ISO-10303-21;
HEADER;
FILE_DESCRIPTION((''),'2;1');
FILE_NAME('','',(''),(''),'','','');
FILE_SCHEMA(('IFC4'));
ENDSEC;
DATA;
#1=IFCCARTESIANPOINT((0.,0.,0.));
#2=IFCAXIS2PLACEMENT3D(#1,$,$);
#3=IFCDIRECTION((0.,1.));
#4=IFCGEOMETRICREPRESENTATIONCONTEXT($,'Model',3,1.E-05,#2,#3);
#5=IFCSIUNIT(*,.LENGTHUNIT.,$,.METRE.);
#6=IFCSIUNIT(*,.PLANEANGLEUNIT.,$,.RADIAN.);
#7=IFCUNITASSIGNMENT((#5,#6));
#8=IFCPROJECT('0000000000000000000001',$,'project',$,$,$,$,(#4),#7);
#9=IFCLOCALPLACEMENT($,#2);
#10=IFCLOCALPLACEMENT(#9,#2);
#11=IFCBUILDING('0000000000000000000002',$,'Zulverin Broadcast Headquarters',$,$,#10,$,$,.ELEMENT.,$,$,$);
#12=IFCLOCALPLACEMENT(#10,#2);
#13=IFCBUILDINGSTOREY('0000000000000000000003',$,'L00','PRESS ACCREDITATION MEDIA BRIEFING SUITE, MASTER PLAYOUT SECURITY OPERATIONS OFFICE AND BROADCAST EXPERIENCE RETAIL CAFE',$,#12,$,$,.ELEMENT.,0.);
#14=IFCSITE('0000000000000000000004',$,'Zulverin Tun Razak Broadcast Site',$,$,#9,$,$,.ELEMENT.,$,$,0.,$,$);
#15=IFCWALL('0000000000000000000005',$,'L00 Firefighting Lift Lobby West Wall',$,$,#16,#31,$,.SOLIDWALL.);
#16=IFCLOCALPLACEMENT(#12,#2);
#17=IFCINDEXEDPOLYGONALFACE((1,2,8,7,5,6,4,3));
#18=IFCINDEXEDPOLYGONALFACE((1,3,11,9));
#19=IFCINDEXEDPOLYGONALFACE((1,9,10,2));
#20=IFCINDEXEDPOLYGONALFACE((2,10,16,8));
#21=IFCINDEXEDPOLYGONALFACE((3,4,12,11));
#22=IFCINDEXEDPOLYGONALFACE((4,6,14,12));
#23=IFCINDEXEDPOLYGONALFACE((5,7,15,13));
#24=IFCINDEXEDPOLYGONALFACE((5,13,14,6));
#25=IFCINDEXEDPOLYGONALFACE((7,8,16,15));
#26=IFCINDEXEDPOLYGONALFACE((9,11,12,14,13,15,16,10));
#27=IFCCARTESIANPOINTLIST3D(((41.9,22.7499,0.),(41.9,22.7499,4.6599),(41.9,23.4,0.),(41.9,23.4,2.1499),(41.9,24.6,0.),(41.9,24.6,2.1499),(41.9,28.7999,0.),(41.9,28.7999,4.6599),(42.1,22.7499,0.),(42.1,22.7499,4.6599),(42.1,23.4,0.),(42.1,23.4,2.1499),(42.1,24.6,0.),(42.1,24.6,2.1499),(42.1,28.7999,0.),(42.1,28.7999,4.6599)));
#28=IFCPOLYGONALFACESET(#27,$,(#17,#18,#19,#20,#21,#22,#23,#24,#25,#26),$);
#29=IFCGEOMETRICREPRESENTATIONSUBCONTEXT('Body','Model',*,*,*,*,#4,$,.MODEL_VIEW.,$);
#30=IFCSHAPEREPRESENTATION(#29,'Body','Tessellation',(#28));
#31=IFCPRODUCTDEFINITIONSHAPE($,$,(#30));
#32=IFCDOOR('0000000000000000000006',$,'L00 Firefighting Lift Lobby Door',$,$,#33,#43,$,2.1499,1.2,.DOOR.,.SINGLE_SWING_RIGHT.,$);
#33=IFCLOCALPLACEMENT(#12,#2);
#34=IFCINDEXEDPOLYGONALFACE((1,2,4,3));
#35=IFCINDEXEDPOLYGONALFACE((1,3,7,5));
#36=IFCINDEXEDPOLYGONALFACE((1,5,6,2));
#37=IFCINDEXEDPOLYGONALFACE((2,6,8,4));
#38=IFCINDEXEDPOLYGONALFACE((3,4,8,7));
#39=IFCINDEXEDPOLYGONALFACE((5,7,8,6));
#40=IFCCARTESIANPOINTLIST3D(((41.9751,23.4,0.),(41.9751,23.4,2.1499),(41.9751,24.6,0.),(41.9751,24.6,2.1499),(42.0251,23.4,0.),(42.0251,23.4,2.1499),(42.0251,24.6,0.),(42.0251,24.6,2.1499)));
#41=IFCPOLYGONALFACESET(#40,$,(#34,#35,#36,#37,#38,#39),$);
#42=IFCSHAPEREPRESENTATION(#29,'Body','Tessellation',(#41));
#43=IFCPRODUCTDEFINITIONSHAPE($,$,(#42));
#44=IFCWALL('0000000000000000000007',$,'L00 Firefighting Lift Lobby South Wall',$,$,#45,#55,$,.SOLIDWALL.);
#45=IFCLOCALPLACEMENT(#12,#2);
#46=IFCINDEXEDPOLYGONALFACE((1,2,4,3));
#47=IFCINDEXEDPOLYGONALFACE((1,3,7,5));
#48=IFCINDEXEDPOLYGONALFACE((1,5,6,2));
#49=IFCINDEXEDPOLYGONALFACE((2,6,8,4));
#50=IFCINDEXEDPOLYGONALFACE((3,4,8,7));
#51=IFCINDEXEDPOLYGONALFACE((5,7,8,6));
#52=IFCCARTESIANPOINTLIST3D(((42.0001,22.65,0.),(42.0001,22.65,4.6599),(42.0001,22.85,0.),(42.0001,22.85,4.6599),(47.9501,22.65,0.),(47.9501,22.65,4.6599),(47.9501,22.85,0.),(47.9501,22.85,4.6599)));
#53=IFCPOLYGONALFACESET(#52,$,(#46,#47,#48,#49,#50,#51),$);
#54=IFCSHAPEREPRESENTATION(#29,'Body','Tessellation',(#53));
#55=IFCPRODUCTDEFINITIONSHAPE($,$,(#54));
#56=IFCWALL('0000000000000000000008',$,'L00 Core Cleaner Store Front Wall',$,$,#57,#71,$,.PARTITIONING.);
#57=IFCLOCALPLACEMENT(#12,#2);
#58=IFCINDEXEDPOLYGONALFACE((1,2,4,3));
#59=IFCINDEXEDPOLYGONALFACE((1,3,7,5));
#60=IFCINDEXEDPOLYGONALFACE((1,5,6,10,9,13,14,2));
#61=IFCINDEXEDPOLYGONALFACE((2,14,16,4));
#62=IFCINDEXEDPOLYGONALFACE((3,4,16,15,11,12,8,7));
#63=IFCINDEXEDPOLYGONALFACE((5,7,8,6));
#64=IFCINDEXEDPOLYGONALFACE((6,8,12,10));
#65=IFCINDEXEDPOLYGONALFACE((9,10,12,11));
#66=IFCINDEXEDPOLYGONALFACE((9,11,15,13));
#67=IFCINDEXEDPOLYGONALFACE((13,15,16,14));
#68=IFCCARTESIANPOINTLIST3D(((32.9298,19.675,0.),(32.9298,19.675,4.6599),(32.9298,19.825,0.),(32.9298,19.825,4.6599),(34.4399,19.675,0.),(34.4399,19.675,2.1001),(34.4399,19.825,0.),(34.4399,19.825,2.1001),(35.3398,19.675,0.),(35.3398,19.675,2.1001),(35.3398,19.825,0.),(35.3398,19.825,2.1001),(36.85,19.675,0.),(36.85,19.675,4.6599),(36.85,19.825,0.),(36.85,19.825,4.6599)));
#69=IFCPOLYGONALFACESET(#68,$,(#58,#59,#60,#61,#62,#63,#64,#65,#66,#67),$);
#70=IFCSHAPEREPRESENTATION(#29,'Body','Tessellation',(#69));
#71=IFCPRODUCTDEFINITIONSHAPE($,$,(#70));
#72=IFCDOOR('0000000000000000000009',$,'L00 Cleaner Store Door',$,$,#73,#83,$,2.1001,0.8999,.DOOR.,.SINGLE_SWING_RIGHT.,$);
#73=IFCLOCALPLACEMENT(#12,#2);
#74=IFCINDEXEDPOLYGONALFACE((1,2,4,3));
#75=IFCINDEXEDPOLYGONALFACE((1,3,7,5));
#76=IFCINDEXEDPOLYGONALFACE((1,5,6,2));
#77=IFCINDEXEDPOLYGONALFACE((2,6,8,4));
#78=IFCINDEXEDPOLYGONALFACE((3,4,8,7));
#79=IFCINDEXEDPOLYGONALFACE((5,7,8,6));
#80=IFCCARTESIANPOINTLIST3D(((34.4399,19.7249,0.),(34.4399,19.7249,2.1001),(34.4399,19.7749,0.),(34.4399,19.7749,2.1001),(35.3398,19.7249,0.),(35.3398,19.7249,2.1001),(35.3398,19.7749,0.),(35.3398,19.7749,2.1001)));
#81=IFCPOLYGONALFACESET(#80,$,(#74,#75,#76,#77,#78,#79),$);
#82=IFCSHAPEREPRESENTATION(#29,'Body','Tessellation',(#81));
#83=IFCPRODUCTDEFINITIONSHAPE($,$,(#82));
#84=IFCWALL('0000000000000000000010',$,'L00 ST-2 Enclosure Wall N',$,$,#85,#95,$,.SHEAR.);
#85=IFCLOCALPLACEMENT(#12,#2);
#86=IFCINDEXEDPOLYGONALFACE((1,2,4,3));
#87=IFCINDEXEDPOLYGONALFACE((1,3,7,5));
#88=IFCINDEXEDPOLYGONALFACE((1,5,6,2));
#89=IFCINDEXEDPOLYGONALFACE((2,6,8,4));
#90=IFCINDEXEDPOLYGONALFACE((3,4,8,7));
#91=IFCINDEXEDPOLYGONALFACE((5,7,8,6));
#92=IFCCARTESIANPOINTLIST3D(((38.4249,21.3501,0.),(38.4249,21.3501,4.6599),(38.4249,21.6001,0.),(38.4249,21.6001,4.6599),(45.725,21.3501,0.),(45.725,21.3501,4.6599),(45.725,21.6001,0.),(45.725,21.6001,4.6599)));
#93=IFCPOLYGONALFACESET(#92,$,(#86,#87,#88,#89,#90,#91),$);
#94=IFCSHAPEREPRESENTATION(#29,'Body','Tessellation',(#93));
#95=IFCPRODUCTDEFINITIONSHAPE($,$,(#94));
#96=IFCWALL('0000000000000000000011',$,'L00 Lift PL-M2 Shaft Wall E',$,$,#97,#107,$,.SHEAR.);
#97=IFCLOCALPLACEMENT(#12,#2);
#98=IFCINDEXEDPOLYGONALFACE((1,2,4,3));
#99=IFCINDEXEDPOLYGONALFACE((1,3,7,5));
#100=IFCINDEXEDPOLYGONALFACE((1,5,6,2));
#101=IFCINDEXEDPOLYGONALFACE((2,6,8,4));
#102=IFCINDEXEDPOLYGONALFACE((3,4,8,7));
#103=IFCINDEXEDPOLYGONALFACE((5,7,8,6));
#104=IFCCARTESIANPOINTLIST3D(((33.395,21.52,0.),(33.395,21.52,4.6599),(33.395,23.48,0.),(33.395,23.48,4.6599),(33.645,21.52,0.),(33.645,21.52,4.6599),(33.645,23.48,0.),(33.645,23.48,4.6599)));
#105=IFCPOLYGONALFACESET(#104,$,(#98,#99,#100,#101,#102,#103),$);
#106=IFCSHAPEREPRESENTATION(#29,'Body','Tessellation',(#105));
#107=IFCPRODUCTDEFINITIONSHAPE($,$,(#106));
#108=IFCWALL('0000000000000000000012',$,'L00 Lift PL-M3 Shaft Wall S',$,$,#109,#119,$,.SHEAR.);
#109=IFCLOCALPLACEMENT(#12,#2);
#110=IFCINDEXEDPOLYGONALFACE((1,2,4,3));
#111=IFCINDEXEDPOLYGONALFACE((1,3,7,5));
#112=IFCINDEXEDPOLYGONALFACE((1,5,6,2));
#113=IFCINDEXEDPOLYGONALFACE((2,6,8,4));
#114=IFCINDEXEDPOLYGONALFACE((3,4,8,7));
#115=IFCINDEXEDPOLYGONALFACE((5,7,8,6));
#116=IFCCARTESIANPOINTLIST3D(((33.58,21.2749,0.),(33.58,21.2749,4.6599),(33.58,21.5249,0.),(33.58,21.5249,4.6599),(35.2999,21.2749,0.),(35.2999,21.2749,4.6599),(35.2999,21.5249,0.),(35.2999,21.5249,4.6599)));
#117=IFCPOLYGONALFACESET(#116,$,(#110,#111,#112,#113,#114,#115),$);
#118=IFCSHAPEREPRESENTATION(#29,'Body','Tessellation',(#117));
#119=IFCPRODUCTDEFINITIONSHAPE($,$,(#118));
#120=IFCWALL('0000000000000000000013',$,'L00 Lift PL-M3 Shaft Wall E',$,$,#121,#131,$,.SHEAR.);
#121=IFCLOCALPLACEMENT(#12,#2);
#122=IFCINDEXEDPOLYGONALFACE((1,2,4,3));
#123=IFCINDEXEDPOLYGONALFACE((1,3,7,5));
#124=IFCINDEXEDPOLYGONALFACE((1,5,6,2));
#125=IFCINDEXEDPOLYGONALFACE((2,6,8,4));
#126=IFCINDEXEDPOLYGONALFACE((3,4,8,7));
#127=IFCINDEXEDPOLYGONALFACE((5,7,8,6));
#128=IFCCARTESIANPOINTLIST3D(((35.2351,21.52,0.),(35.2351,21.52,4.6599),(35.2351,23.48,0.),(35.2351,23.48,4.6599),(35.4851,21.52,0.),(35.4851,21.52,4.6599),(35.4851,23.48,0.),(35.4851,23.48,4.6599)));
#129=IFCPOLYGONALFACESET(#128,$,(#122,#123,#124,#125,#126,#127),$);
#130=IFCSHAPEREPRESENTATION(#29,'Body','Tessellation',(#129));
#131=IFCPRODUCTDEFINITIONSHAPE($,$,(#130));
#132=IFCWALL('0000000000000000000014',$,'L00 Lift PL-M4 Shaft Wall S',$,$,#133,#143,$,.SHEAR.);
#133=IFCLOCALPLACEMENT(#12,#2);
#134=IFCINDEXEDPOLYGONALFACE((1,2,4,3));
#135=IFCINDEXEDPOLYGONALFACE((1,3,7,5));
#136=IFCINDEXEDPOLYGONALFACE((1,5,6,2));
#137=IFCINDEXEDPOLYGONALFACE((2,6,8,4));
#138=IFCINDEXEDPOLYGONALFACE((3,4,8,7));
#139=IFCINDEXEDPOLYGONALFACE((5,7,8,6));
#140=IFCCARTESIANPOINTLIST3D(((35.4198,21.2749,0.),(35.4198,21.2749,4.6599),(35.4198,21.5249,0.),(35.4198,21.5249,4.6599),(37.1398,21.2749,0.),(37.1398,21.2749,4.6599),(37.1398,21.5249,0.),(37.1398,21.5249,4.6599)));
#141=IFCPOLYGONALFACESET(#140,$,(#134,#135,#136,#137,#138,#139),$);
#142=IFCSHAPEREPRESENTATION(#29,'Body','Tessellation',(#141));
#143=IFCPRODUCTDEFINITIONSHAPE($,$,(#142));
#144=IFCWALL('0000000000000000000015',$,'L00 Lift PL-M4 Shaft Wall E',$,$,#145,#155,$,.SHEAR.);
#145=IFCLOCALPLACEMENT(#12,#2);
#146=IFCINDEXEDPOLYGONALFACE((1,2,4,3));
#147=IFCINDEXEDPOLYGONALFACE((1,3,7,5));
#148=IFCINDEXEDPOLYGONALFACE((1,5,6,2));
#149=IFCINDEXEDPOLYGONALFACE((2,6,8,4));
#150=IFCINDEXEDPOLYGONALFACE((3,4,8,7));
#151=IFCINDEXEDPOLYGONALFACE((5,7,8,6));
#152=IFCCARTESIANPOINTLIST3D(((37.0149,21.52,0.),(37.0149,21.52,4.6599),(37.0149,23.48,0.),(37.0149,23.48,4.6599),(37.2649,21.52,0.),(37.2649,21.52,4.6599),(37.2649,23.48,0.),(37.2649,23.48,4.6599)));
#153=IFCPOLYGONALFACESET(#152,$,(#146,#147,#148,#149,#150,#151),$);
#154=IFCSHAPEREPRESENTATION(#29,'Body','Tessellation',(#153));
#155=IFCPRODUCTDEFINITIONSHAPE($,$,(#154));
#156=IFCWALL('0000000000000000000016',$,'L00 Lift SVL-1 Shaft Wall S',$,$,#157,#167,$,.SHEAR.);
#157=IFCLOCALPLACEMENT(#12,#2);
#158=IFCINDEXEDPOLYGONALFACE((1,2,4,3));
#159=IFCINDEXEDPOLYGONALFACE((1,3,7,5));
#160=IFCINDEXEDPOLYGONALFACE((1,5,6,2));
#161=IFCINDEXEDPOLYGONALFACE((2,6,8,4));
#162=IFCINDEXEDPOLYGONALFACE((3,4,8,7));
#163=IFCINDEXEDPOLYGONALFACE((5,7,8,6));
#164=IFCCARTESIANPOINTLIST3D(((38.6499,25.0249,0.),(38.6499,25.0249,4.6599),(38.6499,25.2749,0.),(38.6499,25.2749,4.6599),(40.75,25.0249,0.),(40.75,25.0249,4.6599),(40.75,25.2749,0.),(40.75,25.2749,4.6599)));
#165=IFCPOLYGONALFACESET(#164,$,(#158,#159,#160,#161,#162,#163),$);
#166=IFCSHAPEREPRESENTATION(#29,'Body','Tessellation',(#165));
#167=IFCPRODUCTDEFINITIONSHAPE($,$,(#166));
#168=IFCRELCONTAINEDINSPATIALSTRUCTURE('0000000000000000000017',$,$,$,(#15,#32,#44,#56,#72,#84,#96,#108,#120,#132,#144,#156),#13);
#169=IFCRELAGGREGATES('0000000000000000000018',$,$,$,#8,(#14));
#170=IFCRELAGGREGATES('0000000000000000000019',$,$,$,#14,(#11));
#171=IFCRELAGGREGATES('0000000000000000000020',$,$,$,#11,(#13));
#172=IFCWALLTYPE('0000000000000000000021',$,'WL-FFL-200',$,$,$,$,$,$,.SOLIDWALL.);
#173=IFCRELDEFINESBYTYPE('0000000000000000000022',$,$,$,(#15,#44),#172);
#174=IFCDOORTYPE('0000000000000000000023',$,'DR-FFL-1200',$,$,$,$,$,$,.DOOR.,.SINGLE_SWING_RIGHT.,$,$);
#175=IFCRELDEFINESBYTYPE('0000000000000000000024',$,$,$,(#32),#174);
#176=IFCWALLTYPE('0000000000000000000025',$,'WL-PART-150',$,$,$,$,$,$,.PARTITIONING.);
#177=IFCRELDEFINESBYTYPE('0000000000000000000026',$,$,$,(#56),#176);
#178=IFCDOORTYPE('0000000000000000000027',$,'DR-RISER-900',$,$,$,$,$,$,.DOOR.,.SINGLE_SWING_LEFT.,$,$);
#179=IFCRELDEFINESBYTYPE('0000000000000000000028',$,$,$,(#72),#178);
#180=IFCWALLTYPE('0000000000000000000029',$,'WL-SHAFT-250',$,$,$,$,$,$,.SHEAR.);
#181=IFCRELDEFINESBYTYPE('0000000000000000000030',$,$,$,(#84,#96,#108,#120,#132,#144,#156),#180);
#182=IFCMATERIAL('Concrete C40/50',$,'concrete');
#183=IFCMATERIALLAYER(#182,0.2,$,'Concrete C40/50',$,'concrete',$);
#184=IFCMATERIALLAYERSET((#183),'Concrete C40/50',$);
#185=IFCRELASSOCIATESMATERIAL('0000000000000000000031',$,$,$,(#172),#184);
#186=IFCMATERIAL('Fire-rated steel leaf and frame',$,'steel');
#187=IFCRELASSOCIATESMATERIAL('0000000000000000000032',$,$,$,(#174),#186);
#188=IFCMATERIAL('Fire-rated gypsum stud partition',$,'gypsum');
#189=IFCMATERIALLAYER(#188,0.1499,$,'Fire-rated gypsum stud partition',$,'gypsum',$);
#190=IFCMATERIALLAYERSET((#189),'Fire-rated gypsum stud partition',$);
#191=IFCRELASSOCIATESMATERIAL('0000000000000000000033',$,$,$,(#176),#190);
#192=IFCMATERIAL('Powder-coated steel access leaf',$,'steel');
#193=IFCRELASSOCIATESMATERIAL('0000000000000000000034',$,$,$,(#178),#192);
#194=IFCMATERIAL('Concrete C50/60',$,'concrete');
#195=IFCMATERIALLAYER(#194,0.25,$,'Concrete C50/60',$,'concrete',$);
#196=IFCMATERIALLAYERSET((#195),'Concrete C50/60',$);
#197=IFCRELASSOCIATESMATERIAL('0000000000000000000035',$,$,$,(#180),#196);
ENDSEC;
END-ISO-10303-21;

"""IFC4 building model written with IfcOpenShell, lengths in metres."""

from ifc_helpers import new_model, si_unit, direction, frame, frame_2d, origin, place, context, subcontext, project, spatial, rectangle, extrude, material, layer, layer_set, type_object, element, fill, save


model = new_model("IFC4")

# Units and contexts
model_context = context("Model", 3, precision=1e-05, world=origin(), true_north=direction((0.0, 1.0)))
body_context = subcontext(model_context, "Body", "Model", "MODEL_VIEW")
ifc_project = project(units=[si_unit("LENGTHUNIT", "METRE"), si_unit("PLANEANGLEUNIT", "RADIAN")], contexts=[model_context])

# Site, building, storey
site_placement = place(None, origin())
site = spatial("IfcSite", under=ifc_project, at=site_placement, Name="Zulverin Tun Razak Broadcast Site", CompositionType="ELEMENT", RefElevation=0.0)
building_placement = place(site_placement, origin())
building = spatial("IfcBuilding", under=site, at=building_placement, Name="Zulverin Broadcast Headquarters", CompositionType="ELEMENT")
storey_placement = place(building_placement, origin())
storey = spatial("IfcBuildingStorey", under=building, at=storey_placement, Name="L00", Description="PRESS ACCREDITATION MEDIA BRIEFING SUITE, MASTER PLAYOUT SECURITY OPERATIONS OFFICE AND BROADCAST EXPERIENCE RETAIL CAFE", CompositionType="ELEMENT", Elevation=0.0)

# Wall, opening, door
ifc_material_1 = material(Name="Concrete C40/50", Category="concrete")
ifc_layer_1 = layer(ifc_material_1, 0.2, Name="Concrete C40/50", Category="concrete")
ifc_layer_set_1 = layer_set([ifc_layer_1], Name="Concrete C40/50")
wall_type_1 = type_object("IfcWallType", Name="WL-FFL-200", PredefinedType="SOLIDWALL", material=ifc_layer_set_1)
wall_1_placement = place(storey_placement, frame((42.0, 22.75, 0.0), z_axis=(0.0, 0.0, 1.0), x_axis=(0.0, 1.0, 0.0)))
wall_1 = element("IfcWall", 1, at=wall_1_placement, inside=storey, type_object=wall_type_1, Name="L00 Firefighting Lift Lobby West Wall", PredefinedType="SOLIDWALL", context=body_context, shape_type="SweptSolid", body=[
    extrude(rectangle(XDim=6.05, YDim=0.2, at=frame_2d((3.0249, 0.0))), origin(), (0.0, 0.0, 1.0), 4.6599),
])
opening_1_placement = place(wall_1_placement, frame((0.6499, 0.0, 0.0)))
opening_1 = element("IfcOpeningElement", 2, at=opening_1_placement, cuts=wall_1, PredefinedType="OPENING", context=body_context, shape_type="SweptSolid", body=[
    extrude(rectangle(XDim=1.2, YDim=2.1499, at=frame_2d((0.6001, 1.075))), frame((0.0, 0.1099, 0.0), z_axis=(0.0, -1.0, 0.0), x_axis=(1.0, 0.0, 0.0)), (0.0, 0.0, 1.0), 0.22),
])
ifc_material_2 = material(Name="Fire-rated steel leaf and frame", Category="steel")
door_type_1 = type_object("IfcDoorType", Name="DR-FFL-1200", OperationType="SINGLE_SWING_RIGHT", PredefinedType="DOOR", material=ifc_material_2)
door_1_placement = place(opening_1_placement, origin())
door_1 = element("IfcDoor", 3, at=door_1_placement, inside=storey, type_object=door_type_1, Name="L00 Firefighting Lift Lobby Door", OperationType="SINGLE_SWING_RIGHT", OverallHeight=2.1499, OverallWidth=1.2, PredefinedType="DOOR", context=body_context, shape_type="SweptSolid", body=[
    extrude(rectangle(XDim=1.2, YDim=2.1499, at=frame_2d((0.6001, 1.075))), frame((0.0, 0.0249, 0.0), z_axis=(0.0, -1.0, 0.0), x_axis=(1.0, 0.0, 0.0)), (0.0, 0.0, 1.0), 0.05),
])
fill(opening_1, door_1)

# Wall
wall_2_placement = place(storey_placement, frame((42.0, 22.75, 0.0), z_axis=(0.0, 0.0, 1.0), x_axis=(1.0, 0.0, 0.0)))
element("IfcWall", 4, at=wall_2_placement, inside=storey, type_object=wall_type_1, Name="L00 Firefighting Lift Lobby South Wall", PredefinedType="SOLIDWALL", context=body_context, shape_type="SweptSolid", body=[
    extrude(rectangle(XDim=5.95, YDim=0.2, at=frame_2d((2.9751, 0.0))), origin(), (0.0, 0.0, 1.0), 4.6599),
])

# Wall, opening, door
ifc_material_3 = material(Name="Fire-rated gypsum stud partition", Category="gypsum")
ifc_layer_2 = layer(ifc_material_3, 0.1499, Name="Fire-rated gypsum stud partition", Category="gypsum")
ifc_layer_set_2 = layer_set([ifc_layer_2], Name="Fire-rated gypsum stud partition")
wall_type_2 = type_object("IfcWallType", Name="WL-PART-150", PredefinedType="PARTITIONING", material=ifc_layer_set_2)
wall_3_placement = place(storey_placement, frame((32.9299, 19.75, 0.0), z_axis=(0.0, 0.0, 1.0), x_axis=(1.0, 0.0, 0.0)))
wall_3 = element("IfcWall", 5, at=wall_3_placement, inside=storey, type_object=wall_type_2, Name="L00 Core Cleaner Store Front Wall", PredefinedType="PARTITIONING", context=body_context, shape_type="SweptSolid", body=[
    extrude(rectangle(XDim=3.9202, YDim=0.1499, at=frame_2d((1.96, 0.0))), origin(), (0.0, 0.0, 1.0), 4.6599),
])
opening_2_placement = place(wall_3_placement, frame((1.51, 0.0, 0.0)))
opening_2 = element("IfcOpeningElement", 6, at=opening_2_placement, cuts=wall_3, PredefinedType="OPENING", context=body_context, shape_type="SweptSolid", body=[
    extrude(rectangle(XDim=0.8999, YDim=2.1001, at=frame_2d((0.45, 1.05))), frame((0.0, 0.085, 0.0), z_axis=(0.0, -1.0, 0.0), x_axis=(1.0, 0.0, 0.0)), (0.0, 0.0, 1.0), 0.1699),
])
ifc_material_4 = material(Name="Powder-coated steel access leaf", Category="steel")
door_type_2 = type_object("IfcDoorType", Name="DR-RISER-900", OperationType="SINGLE_SWING_LEFT", PredefinedType="DOOR", material=ifc_material_4)
door_2_placement = place(opening_2_placement, origin())
door_2 = element("IfcDoor", 7, at=door_2_placement, inside=storey, type_object=door_type_2, Name="L00 Cleaner Store Door", OperationType="SINGLE_SWING_RIGHT", OverallHeight=2.1001, OverallWidth=0.8999, PredefinedType="DOOR", context=body_context, shape_type="SweptSolid", body=[
    extrude(rectangle(XDim=0.8999, YDim=2.1001, at=frame_2d((0.45, 1.05))), frame((0.0, 0.0249, 0.0), z_axis=(0.0, -1.0, 0.0), x_axis=(1.0, 0.0, 0.0)), (0.0, 0.0, 1.0), 0.05),
])
fill(opening_2, door_2)

# Walls
ifc_material_5 = material(Name="Concrete C50/60", Category="concrete")
ifc_layer_3 = layer(ifc_material_5, 0.25, Name="Concrete C50/60", Category="concrete")
ifc_layer_set_3 = layer_set([ifc_layer_3], Name="Concrete C50/60")
wall_type_3 = type_object("IfcWallType", Name="WL-SHAFT-250", PredefinedType="SHEAR", material=ifc_layer_set_3)
wall_4_placement = place(storey_placement, frame((38.425, 21.4751, 0.0), z_axis=(0.0, 0.0, 1.0), x_axis=(1.0, 0.0, 0.0)))
element("IfcWall", 8, at=wall_4_placement, inside=storey, type_object=wall_type_3, Name="L00 ST-2 Enclosure Wall N", PredefinedType="SHEAR", context=body_context, shape_type="SweptSolid", body=[
    extrude(rectangle(XDim=7.3, YDim=0.25, at=frame_2d((3.6499, 0.0))), origin(), (0.0, 0.0, 1.0), 4.6599),
])
wall_5_placement = place(storey_placement, frame((33.52, 21.52, 0.0), z_axis=(0.0, 0.0, 1.0), x_axis=(0.0, 1.0, 0.0)))
element("IfcWall", 9, at=wall_5_placement, inside=storey, type_object=wall_type_3, Name="L00 Lift PL-M2 Shaft Wall E", PredefinedType="SHEAR", context=body_context, shape_type="SweptSolid", body=[
    extrude(rectangle(XDim=1.96, YDim=0.25, at=frame_2d((0.98, 0.0))), origin(), (0.0, 0.0, 1.0), 4.6599),
])
wall_6_placement = place(storey_placement, frame((33.5801, 21.3999, 0.0), z_axis=(0.0, 0.0, 1.0), x_axis=(1.0, 0.0, 0.0)))
element("IfcWall", 10, at=wall_6_placement, inside=storey, type_object=wall_type_3, Name="L00 Lift PL-M3 Shaft Wall S", PredefinedType="SHEAR", context=body_context, shape_type="SweptSolid", body=[
    extrude(rectangle(XDim=1.72, YDim=0.25, at=frame_2d((0.8599, 0.0))), origin(), (0.0, 0.0, 1.0), 4.6599),
])

# Walls
wall_7_placement = place(storey_placement, frame((35.3601, 21.52, 0.0), z_axis=(0.0, 0.0, 1.0), x_axis=(0.0, 1.0, 0.0)))
element("IfcWall", 11, at=wall_7_placement, inside=storey, type_object=wall_type_3, Name="L00 Lift PL-M3 Shaft Wall E", PredefinedType="SHEAR", context=body_context, shape_type="SweptSolid", body=[
    extrude(rectangle(XDim=1.96, YDim=0.25, at=frame_2d((0.98, 0.0))), origin(), (0.0, 0.0, 1.0), 4.6599),
])
wall_8_placement = place(storey_placement, frame((35.4199, 21.3999, 0.0), z_axis=(0.0, 0.0, 1.0), x_axis=(1.0, 0.0, 0.0)))
element("IfcWall", 12, at=wall_8_placement, inside=storey, type_object=wall_type_3, Name="L00 Lift PL-M4 Shaft Wall S", PredefinedType="SHEAR", context=body_context, shape_type="SweptSolid", body=[
    extrude(rectangle(XDim=1.72, YDim=0.25, at=frame_2d((0.8599, 0.0))), origin(), (0.0, 0.0, 1.0), 4.6599),
])

# Wall
wall_9_placement = place(storey_placement, frame((37.1399, 21.52, 0.0), z_axis=(0.0, 0.0, 1.0), x_axis=(0.0, 1.0, 0.0)))
element("IfcWall", 13, at=wall_9_placement, inside=storey, type_object=wall_type_3, Name="L00 Lift PL-M4 Shaft Wall E", PredefinedType="SHEAR", context=body_context, shape_type="SweptSolid", body=[
    extrude(rectangle(XDim=1.96, YDim=0.25, at=frame_2d((0.98, 0.0))), origin(), (0.0, 0.0, 1.0), 4.6599),
])

# Wall
wall_10_placement = place(storey_placement, frame((38.6499, 25.1499, 0.0), z_axis=(0.0, 0.0, 1.0), x_axis=(1.0, 0.0, 0.0)))
element("IfcWall", 14, at=wall_10_placement, inside=storey, type_object=wall_type_3, Name="L00 Lift SVL-1 Shaft Wall S", PredefinedType="SHEAR", context=body_context, shape_type="SweptSolid", body=[
    extrude(rectangle(XDim=2.1001, YDim=0.25, at=frame_2d((1.05, 0.0))), origin(), (0.0, 0.0, 1.0), 4.6599),
])

save(model, "model.ifc")
